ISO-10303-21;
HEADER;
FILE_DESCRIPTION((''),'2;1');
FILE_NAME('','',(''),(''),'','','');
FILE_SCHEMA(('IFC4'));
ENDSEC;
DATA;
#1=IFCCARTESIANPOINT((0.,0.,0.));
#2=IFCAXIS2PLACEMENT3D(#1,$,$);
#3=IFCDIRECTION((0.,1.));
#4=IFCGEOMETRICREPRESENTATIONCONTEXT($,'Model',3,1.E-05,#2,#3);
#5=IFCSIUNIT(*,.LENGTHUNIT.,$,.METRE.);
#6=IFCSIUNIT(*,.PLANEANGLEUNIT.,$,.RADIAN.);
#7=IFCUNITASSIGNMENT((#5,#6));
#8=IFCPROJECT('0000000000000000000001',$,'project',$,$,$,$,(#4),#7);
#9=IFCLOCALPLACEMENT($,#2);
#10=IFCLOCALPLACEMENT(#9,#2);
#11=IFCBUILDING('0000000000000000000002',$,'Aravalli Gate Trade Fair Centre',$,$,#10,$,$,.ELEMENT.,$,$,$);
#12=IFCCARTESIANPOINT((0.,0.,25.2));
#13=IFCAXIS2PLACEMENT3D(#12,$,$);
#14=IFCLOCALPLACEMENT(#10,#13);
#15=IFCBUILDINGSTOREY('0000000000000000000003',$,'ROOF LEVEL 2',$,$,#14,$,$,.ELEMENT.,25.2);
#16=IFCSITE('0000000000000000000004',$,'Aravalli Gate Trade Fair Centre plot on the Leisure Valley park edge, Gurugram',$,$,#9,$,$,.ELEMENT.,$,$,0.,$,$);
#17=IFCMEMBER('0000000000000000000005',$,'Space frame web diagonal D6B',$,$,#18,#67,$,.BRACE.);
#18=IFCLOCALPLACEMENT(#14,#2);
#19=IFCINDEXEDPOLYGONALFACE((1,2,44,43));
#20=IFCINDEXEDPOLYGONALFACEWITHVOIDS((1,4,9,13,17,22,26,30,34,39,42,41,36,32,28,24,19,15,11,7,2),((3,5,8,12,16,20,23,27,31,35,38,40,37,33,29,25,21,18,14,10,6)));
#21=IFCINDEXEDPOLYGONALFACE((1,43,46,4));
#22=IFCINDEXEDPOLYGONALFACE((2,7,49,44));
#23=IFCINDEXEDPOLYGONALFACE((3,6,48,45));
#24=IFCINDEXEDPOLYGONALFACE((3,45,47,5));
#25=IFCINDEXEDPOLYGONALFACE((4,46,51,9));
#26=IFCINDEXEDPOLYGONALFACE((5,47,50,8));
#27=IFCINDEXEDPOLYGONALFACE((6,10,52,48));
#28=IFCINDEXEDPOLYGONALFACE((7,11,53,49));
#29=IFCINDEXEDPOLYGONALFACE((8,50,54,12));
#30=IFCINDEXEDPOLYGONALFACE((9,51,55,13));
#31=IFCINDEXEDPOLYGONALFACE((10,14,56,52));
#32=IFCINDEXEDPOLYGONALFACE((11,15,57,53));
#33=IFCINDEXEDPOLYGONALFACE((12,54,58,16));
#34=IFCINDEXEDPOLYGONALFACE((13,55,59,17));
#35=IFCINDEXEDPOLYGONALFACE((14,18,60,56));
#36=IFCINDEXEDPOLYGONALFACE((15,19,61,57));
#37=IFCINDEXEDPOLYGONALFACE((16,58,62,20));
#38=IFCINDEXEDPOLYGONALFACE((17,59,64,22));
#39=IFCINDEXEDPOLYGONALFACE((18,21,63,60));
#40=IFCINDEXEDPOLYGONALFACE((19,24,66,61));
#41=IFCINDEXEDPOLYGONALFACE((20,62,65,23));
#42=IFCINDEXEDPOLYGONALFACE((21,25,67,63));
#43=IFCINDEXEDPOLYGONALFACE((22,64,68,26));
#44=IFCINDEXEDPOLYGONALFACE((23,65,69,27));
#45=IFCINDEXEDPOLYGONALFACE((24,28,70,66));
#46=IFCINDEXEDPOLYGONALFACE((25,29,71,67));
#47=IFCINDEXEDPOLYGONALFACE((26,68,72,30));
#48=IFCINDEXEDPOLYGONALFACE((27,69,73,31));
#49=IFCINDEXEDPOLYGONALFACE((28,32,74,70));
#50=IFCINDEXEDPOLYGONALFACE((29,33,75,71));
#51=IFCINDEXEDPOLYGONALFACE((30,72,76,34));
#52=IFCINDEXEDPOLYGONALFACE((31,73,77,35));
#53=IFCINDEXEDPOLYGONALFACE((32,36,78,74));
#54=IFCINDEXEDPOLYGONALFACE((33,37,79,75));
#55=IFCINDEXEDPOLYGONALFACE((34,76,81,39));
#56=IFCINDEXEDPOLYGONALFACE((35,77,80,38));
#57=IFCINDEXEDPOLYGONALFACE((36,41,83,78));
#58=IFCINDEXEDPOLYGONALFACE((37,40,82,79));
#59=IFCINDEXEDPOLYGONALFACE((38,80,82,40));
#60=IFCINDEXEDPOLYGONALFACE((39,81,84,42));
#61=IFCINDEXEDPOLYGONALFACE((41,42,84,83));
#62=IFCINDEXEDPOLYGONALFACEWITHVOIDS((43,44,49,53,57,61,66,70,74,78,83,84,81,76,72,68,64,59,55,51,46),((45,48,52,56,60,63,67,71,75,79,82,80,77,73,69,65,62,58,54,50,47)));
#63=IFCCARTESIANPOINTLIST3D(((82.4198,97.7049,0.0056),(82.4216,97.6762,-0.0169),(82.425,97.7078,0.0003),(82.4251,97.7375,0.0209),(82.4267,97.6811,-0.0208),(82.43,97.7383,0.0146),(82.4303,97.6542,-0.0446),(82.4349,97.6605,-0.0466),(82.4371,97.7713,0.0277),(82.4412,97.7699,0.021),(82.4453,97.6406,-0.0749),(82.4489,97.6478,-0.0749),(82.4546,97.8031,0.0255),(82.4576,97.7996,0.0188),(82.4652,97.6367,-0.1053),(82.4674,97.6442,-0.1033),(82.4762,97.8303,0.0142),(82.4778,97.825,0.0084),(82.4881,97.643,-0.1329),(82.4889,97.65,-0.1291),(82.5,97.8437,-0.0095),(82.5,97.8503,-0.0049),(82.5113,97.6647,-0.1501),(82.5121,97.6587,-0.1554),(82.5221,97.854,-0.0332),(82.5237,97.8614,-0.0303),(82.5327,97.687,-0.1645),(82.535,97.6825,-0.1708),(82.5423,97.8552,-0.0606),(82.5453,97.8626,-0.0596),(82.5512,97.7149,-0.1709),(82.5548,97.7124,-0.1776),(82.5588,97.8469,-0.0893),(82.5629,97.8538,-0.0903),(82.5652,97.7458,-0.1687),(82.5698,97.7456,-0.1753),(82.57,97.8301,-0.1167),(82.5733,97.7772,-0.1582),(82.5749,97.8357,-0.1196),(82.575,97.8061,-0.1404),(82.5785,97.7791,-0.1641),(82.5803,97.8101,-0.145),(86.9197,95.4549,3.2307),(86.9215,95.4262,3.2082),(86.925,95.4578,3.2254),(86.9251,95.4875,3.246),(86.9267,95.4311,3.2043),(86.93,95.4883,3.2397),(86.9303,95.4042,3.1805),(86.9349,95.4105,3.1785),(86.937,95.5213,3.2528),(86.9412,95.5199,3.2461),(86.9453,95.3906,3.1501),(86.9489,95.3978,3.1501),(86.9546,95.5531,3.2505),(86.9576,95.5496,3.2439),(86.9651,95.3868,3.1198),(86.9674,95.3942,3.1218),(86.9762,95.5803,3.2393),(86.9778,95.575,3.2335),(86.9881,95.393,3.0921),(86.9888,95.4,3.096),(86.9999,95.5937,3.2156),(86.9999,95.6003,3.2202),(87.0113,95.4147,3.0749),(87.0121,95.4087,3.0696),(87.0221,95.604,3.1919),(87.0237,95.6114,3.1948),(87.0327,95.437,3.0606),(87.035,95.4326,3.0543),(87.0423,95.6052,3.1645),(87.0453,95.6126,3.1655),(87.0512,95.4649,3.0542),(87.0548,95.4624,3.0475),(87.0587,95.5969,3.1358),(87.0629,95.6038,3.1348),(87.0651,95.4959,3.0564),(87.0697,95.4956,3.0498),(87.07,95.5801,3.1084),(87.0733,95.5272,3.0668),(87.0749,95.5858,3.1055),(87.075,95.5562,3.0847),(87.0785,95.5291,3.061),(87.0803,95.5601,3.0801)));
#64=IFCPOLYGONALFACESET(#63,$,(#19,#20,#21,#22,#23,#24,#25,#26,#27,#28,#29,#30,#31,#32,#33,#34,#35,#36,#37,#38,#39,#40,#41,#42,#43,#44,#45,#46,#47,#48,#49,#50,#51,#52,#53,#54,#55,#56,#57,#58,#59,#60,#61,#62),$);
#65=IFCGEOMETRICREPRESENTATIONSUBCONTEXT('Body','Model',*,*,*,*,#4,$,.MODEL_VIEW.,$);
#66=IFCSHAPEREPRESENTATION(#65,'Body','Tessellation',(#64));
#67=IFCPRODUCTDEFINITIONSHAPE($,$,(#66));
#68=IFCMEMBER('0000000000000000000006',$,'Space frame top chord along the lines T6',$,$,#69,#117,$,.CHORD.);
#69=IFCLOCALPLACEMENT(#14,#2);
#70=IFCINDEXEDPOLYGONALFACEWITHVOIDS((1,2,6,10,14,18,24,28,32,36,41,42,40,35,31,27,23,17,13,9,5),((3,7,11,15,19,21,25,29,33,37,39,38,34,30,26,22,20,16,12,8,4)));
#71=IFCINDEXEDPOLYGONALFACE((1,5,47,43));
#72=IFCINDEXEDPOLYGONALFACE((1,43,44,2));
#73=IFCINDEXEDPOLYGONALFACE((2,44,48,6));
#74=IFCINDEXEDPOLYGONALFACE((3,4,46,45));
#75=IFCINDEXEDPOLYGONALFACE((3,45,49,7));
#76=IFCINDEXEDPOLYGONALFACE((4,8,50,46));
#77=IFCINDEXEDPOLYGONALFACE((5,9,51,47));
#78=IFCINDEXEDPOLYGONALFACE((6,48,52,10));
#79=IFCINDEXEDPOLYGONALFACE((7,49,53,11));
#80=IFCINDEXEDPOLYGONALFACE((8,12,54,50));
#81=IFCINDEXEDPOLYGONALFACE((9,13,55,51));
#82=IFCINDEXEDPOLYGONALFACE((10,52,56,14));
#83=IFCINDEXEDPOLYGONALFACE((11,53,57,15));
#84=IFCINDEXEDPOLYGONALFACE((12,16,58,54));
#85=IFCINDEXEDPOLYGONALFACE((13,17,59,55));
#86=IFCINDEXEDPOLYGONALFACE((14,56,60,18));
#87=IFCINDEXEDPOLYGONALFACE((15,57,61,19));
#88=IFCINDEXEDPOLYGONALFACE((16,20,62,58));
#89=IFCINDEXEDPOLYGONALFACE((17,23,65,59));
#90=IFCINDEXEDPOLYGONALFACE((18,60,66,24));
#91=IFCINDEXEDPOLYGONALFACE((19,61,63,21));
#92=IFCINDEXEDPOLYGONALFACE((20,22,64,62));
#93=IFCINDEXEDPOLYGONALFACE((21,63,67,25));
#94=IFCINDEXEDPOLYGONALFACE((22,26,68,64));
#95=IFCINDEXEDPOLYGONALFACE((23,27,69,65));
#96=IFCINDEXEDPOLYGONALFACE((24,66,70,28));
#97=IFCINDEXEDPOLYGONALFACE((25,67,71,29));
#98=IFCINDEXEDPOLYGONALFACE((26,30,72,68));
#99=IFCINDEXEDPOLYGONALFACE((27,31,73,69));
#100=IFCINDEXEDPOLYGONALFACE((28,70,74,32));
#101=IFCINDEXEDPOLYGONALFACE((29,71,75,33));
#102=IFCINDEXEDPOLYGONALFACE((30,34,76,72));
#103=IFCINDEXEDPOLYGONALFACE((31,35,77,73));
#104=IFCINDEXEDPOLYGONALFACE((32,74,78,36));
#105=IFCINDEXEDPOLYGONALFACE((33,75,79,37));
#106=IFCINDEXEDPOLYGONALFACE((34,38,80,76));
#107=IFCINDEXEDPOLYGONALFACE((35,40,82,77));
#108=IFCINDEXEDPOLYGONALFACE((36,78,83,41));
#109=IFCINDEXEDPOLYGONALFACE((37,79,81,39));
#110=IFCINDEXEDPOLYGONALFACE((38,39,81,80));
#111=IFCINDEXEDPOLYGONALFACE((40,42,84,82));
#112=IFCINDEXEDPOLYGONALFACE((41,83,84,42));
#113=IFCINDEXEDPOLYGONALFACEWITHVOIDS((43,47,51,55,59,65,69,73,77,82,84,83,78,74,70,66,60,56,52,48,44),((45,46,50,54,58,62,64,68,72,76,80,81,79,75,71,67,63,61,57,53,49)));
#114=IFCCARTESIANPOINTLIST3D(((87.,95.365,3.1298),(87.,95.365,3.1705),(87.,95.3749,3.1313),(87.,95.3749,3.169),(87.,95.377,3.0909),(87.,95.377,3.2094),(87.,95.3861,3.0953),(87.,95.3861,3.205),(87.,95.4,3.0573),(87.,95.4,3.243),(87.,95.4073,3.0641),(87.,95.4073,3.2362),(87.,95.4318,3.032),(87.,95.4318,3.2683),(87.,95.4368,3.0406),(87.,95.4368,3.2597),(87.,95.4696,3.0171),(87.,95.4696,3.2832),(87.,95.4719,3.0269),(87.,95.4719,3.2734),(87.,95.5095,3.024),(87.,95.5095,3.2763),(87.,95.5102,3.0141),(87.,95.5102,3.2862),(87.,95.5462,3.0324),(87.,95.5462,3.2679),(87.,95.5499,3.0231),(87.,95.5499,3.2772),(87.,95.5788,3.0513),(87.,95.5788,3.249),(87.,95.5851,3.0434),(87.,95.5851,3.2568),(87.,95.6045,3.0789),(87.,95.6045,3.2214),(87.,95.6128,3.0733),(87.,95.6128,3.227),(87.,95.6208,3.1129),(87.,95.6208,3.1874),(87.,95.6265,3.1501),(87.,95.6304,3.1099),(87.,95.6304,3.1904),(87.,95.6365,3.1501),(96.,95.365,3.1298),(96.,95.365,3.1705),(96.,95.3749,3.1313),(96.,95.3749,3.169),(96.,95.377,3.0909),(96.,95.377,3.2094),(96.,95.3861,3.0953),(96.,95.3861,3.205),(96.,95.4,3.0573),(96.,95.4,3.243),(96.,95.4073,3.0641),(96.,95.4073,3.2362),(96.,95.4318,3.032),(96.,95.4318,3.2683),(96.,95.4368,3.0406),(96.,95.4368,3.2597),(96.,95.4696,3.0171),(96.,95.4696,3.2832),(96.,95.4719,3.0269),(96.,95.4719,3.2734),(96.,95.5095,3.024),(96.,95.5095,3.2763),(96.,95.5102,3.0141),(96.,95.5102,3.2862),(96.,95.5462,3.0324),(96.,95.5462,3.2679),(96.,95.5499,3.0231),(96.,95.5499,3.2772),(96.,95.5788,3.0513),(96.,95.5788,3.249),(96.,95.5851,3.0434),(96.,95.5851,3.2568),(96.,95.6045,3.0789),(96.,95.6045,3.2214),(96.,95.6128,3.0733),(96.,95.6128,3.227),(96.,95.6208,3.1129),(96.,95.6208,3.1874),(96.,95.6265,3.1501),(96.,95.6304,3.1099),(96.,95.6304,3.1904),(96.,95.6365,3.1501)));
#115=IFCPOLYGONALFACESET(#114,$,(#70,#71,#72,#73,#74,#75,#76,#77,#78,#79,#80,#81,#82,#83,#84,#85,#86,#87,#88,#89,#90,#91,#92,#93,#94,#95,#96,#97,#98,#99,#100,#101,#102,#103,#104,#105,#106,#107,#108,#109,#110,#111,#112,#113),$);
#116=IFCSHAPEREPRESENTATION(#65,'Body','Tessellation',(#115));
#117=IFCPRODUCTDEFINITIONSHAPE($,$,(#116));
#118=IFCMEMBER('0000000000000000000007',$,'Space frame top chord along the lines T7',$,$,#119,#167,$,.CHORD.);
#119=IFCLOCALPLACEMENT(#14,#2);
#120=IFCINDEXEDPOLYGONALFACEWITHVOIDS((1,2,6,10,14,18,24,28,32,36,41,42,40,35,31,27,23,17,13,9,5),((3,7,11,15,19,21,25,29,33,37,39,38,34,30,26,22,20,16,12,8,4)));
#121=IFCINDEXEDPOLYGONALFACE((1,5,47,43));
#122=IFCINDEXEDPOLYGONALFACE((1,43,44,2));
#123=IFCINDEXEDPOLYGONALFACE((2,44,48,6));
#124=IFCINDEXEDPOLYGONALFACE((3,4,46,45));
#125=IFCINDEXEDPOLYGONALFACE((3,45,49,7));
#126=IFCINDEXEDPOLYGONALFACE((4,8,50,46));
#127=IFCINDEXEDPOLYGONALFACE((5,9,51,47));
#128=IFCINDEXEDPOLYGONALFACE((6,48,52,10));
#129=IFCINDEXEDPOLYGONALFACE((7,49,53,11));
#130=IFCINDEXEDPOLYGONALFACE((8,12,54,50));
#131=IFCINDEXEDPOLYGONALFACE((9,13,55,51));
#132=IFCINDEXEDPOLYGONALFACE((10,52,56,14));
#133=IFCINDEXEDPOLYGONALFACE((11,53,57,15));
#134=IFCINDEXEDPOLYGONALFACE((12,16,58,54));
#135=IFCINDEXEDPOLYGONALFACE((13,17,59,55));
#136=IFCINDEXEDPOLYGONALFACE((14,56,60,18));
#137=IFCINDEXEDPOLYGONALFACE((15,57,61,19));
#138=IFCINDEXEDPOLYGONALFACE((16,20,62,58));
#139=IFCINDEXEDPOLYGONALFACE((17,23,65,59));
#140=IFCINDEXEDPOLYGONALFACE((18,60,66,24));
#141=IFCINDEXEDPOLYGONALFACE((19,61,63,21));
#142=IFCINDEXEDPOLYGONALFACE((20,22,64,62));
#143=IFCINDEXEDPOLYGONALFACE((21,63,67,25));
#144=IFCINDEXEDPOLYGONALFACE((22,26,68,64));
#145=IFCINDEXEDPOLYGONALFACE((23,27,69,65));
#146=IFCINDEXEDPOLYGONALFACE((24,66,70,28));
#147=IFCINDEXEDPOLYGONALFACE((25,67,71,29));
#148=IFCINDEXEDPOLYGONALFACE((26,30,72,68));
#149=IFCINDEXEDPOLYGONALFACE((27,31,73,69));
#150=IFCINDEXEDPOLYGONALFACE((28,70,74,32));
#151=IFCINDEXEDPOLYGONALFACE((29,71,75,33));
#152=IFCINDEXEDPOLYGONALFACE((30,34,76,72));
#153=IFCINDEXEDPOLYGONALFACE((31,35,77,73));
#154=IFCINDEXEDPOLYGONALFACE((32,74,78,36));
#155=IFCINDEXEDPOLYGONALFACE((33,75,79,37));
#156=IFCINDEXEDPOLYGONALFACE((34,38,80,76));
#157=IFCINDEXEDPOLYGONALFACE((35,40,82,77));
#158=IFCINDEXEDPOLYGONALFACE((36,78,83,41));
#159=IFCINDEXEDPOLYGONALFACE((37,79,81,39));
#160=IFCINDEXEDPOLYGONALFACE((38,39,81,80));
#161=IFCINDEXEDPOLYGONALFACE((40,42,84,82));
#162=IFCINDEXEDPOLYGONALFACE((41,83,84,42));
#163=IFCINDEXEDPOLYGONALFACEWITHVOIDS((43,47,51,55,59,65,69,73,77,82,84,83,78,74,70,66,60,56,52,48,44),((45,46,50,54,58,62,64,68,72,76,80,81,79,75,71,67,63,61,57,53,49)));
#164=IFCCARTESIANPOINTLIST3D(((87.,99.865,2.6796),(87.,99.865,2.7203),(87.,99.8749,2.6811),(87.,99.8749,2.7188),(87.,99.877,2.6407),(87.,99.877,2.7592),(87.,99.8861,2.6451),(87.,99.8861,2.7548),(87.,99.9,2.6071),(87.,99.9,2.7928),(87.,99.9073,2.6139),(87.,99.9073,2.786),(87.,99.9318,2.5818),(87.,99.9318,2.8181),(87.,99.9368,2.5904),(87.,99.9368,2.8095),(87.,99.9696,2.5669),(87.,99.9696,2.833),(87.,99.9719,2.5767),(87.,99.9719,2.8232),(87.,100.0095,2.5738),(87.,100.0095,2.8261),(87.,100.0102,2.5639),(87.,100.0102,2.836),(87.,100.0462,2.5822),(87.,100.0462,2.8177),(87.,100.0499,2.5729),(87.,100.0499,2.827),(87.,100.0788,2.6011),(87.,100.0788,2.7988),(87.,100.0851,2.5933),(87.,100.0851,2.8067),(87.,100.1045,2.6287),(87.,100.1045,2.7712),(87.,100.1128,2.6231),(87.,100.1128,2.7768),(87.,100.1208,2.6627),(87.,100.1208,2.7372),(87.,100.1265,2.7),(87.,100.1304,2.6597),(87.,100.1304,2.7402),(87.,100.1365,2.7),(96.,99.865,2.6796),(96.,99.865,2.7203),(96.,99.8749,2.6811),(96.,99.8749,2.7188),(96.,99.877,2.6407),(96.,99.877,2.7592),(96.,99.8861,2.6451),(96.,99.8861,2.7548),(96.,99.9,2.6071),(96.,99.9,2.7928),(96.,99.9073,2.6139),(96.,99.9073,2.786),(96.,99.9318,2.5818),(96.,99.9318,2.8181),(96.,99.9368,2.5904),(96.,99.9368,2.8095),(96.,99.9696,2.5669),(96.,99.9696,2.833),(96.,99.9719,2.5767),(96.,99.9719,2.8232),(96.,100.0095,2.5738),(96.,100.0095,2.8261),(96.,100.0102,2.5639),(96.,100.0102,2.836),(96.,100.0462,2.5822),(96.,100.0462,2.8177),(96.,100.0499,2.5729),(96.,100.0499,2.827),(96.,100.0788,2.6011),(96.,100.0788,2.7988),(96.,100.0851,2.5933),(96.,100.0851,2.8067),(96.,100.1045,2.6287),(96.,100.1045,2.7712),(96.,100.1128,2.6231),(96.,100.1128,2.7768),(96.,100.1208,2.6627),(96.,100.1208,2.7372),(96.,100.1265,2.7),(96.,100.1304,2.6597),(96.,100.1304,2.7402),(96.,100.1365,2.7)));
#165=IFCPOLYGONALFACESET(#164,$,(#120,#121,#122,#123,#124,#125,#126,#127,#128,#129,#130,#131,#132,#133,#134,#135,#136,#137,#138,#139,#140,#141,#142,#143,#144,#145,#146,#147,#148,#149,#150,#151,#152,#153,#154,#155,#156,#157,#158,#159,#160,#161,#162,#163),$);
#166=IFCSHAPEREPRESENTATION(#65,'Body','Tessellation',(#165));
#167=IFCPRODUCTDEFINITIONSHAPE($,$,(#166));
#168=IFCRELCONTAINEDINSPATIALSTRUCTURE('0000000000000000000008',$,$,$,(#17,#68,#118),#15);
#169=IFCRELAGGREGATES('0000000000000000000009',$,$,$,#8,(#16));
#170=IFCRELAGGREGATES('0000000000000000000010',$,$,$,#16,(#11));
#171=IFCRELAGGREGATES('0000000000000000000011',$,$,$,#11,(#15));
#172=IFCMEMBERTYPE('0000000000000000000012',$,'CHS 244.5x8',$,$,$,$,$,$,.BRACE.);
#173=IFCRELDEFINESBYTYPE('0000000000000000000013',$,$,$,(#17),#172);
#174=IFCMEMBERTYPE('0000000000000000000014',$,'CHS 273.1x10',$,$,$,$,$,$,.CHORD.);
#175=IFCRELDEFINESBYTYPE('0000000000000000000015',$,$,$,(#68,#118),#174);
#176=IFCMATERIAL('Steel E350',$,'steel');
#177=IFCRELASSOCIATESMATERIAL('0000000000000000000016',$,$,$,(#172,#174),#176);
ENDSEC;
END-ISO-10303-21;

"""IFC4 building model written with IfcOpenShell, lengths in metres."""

from ifc_helpers import new_model, si_unit, direction, frame, origin, origin_2d, place, context, subcontext, project, spatial, hollow_circle, extrude, material, material_profile, profile_set, type_object, element, save


model = new_model("IFC4")

# Units and contexts
model_context = context("Model", 3, precision=1e-05, world=origin(), true_north=direction((0.0, 1.0)))
body_context = subcontext(model_context, "Body", "Model", "MODEL_VIEW")
ifc_project = project(units=[si_unit("LENGTHUNIT", "METRE"), si_unit("PLANEANGLEUNIT", "RADIAN")], contexts=[model_context])

# Site, building, storey
site_placement = place(None, origin())
site = spatial("IfcSite", under=ifc_project, at=site_placement, Name="Aravalli Gate Trade Fair Centre plot on the Leisure Valley park edge, Gurugram", CompositionType="ELEMENT", RefElevation=0.0)
building_placement = place(site_placement, origin())
building = spatial("IfcBuilding", under=site, at=building_placement, Name="Aravalli Gate Trade Fair Centre", CompositionType="ELEMENT")
storey_placement = place(building_placement, frame((0.0, 0.0, 25.2)))
storey = spatial("IfcBuildingStorey", under=building, at=storey_placement, Name="ROOF LEVEL 2", CompositionType="ELEMENT", Elevation=25.2)

# Members
ifc_material_1 = material(Name="Steel E350", Category="steel")
ifc_material_profile_1 = material_profile(ifc_material_1, hollow_circle(Radius=0.1223, WallThickness=0.0081, at=origin_2d()), Name="CHS 244.5x8")
ifc_profile_set_1 = profile_set([ifc_material_profile_1], Name="Steel E350")
member_type_1 = type_object("IfcMemberType", Name="CHS 244.5x8", PredefinedType="BRACE", material=ifc_profile_set_1)
for number, where, z_axis, x_axis, name in (
    (1, (87.0, 95.5, 3.1501), (-0.753, 0.3765, -0.539666), (-0.447214, -0.894427, 0.0), "Space frame web diagonal D6B"),
):
    element("IfcMember", number, at=place(storey_placement, frame(where, z_axis=z_axis, x_axis=x_axis)), inside=storey, type_object=member_type_1, Name=name, PredefinedType="BRACE", context=body_context, shape_type="SweptSolid", body=[
        extrude(hollow_circle(Radius=0.1223, WallThickness=0.0081, at=origin_2d()), origin(), (0.0, 0.0, 1.0), 5.9761),
    ])
ifc_material_profile_2 = material_profile(ifc_material_1, hollow_circle(Radius=0.1365, WallThickness=0.01, at=origin_2d()), Name="CHS 273.1x10")
ifc_profile_set_2 = profile_set([ifc_material_profile_2], Name="Steel E350")
member_type_2 = type_object("IfcMemberType", Name="CHS 273.1x10", PredefinedType="CHORD", material=ifc_profile_set_2)
for number, where, z_axis, x_axis, name in (
    (2, (87.0, 95.5, 3.1501), (1.0, 0.0, 0.0), (0.0, 1.0, 0.0), "Space frame top chord along the lines T6"),
    (3, (87.0, 100.0, 2.7), (1.0, 0.0, 0.0), (0.0, 1.0, 0.0), "Space frame top chord along the lines T7"),
):
    element("IfcMember", number, at=place(storey_placement, frame(where, z_axis=z_axis, x_axis=x_axis)), inside=storey, type_object=member_type_2, Name=name, PredefinedType="CHORD", context=body_context, shape_type="SweptSolid", body=[
        extrude(hollow_circle(Radius=0.1365, WallThickness=0.01, at=origin_2d()), origin(), (0.0, 0.0, 1.0), 9.0),
    ])

save(model, "model.ifc")
